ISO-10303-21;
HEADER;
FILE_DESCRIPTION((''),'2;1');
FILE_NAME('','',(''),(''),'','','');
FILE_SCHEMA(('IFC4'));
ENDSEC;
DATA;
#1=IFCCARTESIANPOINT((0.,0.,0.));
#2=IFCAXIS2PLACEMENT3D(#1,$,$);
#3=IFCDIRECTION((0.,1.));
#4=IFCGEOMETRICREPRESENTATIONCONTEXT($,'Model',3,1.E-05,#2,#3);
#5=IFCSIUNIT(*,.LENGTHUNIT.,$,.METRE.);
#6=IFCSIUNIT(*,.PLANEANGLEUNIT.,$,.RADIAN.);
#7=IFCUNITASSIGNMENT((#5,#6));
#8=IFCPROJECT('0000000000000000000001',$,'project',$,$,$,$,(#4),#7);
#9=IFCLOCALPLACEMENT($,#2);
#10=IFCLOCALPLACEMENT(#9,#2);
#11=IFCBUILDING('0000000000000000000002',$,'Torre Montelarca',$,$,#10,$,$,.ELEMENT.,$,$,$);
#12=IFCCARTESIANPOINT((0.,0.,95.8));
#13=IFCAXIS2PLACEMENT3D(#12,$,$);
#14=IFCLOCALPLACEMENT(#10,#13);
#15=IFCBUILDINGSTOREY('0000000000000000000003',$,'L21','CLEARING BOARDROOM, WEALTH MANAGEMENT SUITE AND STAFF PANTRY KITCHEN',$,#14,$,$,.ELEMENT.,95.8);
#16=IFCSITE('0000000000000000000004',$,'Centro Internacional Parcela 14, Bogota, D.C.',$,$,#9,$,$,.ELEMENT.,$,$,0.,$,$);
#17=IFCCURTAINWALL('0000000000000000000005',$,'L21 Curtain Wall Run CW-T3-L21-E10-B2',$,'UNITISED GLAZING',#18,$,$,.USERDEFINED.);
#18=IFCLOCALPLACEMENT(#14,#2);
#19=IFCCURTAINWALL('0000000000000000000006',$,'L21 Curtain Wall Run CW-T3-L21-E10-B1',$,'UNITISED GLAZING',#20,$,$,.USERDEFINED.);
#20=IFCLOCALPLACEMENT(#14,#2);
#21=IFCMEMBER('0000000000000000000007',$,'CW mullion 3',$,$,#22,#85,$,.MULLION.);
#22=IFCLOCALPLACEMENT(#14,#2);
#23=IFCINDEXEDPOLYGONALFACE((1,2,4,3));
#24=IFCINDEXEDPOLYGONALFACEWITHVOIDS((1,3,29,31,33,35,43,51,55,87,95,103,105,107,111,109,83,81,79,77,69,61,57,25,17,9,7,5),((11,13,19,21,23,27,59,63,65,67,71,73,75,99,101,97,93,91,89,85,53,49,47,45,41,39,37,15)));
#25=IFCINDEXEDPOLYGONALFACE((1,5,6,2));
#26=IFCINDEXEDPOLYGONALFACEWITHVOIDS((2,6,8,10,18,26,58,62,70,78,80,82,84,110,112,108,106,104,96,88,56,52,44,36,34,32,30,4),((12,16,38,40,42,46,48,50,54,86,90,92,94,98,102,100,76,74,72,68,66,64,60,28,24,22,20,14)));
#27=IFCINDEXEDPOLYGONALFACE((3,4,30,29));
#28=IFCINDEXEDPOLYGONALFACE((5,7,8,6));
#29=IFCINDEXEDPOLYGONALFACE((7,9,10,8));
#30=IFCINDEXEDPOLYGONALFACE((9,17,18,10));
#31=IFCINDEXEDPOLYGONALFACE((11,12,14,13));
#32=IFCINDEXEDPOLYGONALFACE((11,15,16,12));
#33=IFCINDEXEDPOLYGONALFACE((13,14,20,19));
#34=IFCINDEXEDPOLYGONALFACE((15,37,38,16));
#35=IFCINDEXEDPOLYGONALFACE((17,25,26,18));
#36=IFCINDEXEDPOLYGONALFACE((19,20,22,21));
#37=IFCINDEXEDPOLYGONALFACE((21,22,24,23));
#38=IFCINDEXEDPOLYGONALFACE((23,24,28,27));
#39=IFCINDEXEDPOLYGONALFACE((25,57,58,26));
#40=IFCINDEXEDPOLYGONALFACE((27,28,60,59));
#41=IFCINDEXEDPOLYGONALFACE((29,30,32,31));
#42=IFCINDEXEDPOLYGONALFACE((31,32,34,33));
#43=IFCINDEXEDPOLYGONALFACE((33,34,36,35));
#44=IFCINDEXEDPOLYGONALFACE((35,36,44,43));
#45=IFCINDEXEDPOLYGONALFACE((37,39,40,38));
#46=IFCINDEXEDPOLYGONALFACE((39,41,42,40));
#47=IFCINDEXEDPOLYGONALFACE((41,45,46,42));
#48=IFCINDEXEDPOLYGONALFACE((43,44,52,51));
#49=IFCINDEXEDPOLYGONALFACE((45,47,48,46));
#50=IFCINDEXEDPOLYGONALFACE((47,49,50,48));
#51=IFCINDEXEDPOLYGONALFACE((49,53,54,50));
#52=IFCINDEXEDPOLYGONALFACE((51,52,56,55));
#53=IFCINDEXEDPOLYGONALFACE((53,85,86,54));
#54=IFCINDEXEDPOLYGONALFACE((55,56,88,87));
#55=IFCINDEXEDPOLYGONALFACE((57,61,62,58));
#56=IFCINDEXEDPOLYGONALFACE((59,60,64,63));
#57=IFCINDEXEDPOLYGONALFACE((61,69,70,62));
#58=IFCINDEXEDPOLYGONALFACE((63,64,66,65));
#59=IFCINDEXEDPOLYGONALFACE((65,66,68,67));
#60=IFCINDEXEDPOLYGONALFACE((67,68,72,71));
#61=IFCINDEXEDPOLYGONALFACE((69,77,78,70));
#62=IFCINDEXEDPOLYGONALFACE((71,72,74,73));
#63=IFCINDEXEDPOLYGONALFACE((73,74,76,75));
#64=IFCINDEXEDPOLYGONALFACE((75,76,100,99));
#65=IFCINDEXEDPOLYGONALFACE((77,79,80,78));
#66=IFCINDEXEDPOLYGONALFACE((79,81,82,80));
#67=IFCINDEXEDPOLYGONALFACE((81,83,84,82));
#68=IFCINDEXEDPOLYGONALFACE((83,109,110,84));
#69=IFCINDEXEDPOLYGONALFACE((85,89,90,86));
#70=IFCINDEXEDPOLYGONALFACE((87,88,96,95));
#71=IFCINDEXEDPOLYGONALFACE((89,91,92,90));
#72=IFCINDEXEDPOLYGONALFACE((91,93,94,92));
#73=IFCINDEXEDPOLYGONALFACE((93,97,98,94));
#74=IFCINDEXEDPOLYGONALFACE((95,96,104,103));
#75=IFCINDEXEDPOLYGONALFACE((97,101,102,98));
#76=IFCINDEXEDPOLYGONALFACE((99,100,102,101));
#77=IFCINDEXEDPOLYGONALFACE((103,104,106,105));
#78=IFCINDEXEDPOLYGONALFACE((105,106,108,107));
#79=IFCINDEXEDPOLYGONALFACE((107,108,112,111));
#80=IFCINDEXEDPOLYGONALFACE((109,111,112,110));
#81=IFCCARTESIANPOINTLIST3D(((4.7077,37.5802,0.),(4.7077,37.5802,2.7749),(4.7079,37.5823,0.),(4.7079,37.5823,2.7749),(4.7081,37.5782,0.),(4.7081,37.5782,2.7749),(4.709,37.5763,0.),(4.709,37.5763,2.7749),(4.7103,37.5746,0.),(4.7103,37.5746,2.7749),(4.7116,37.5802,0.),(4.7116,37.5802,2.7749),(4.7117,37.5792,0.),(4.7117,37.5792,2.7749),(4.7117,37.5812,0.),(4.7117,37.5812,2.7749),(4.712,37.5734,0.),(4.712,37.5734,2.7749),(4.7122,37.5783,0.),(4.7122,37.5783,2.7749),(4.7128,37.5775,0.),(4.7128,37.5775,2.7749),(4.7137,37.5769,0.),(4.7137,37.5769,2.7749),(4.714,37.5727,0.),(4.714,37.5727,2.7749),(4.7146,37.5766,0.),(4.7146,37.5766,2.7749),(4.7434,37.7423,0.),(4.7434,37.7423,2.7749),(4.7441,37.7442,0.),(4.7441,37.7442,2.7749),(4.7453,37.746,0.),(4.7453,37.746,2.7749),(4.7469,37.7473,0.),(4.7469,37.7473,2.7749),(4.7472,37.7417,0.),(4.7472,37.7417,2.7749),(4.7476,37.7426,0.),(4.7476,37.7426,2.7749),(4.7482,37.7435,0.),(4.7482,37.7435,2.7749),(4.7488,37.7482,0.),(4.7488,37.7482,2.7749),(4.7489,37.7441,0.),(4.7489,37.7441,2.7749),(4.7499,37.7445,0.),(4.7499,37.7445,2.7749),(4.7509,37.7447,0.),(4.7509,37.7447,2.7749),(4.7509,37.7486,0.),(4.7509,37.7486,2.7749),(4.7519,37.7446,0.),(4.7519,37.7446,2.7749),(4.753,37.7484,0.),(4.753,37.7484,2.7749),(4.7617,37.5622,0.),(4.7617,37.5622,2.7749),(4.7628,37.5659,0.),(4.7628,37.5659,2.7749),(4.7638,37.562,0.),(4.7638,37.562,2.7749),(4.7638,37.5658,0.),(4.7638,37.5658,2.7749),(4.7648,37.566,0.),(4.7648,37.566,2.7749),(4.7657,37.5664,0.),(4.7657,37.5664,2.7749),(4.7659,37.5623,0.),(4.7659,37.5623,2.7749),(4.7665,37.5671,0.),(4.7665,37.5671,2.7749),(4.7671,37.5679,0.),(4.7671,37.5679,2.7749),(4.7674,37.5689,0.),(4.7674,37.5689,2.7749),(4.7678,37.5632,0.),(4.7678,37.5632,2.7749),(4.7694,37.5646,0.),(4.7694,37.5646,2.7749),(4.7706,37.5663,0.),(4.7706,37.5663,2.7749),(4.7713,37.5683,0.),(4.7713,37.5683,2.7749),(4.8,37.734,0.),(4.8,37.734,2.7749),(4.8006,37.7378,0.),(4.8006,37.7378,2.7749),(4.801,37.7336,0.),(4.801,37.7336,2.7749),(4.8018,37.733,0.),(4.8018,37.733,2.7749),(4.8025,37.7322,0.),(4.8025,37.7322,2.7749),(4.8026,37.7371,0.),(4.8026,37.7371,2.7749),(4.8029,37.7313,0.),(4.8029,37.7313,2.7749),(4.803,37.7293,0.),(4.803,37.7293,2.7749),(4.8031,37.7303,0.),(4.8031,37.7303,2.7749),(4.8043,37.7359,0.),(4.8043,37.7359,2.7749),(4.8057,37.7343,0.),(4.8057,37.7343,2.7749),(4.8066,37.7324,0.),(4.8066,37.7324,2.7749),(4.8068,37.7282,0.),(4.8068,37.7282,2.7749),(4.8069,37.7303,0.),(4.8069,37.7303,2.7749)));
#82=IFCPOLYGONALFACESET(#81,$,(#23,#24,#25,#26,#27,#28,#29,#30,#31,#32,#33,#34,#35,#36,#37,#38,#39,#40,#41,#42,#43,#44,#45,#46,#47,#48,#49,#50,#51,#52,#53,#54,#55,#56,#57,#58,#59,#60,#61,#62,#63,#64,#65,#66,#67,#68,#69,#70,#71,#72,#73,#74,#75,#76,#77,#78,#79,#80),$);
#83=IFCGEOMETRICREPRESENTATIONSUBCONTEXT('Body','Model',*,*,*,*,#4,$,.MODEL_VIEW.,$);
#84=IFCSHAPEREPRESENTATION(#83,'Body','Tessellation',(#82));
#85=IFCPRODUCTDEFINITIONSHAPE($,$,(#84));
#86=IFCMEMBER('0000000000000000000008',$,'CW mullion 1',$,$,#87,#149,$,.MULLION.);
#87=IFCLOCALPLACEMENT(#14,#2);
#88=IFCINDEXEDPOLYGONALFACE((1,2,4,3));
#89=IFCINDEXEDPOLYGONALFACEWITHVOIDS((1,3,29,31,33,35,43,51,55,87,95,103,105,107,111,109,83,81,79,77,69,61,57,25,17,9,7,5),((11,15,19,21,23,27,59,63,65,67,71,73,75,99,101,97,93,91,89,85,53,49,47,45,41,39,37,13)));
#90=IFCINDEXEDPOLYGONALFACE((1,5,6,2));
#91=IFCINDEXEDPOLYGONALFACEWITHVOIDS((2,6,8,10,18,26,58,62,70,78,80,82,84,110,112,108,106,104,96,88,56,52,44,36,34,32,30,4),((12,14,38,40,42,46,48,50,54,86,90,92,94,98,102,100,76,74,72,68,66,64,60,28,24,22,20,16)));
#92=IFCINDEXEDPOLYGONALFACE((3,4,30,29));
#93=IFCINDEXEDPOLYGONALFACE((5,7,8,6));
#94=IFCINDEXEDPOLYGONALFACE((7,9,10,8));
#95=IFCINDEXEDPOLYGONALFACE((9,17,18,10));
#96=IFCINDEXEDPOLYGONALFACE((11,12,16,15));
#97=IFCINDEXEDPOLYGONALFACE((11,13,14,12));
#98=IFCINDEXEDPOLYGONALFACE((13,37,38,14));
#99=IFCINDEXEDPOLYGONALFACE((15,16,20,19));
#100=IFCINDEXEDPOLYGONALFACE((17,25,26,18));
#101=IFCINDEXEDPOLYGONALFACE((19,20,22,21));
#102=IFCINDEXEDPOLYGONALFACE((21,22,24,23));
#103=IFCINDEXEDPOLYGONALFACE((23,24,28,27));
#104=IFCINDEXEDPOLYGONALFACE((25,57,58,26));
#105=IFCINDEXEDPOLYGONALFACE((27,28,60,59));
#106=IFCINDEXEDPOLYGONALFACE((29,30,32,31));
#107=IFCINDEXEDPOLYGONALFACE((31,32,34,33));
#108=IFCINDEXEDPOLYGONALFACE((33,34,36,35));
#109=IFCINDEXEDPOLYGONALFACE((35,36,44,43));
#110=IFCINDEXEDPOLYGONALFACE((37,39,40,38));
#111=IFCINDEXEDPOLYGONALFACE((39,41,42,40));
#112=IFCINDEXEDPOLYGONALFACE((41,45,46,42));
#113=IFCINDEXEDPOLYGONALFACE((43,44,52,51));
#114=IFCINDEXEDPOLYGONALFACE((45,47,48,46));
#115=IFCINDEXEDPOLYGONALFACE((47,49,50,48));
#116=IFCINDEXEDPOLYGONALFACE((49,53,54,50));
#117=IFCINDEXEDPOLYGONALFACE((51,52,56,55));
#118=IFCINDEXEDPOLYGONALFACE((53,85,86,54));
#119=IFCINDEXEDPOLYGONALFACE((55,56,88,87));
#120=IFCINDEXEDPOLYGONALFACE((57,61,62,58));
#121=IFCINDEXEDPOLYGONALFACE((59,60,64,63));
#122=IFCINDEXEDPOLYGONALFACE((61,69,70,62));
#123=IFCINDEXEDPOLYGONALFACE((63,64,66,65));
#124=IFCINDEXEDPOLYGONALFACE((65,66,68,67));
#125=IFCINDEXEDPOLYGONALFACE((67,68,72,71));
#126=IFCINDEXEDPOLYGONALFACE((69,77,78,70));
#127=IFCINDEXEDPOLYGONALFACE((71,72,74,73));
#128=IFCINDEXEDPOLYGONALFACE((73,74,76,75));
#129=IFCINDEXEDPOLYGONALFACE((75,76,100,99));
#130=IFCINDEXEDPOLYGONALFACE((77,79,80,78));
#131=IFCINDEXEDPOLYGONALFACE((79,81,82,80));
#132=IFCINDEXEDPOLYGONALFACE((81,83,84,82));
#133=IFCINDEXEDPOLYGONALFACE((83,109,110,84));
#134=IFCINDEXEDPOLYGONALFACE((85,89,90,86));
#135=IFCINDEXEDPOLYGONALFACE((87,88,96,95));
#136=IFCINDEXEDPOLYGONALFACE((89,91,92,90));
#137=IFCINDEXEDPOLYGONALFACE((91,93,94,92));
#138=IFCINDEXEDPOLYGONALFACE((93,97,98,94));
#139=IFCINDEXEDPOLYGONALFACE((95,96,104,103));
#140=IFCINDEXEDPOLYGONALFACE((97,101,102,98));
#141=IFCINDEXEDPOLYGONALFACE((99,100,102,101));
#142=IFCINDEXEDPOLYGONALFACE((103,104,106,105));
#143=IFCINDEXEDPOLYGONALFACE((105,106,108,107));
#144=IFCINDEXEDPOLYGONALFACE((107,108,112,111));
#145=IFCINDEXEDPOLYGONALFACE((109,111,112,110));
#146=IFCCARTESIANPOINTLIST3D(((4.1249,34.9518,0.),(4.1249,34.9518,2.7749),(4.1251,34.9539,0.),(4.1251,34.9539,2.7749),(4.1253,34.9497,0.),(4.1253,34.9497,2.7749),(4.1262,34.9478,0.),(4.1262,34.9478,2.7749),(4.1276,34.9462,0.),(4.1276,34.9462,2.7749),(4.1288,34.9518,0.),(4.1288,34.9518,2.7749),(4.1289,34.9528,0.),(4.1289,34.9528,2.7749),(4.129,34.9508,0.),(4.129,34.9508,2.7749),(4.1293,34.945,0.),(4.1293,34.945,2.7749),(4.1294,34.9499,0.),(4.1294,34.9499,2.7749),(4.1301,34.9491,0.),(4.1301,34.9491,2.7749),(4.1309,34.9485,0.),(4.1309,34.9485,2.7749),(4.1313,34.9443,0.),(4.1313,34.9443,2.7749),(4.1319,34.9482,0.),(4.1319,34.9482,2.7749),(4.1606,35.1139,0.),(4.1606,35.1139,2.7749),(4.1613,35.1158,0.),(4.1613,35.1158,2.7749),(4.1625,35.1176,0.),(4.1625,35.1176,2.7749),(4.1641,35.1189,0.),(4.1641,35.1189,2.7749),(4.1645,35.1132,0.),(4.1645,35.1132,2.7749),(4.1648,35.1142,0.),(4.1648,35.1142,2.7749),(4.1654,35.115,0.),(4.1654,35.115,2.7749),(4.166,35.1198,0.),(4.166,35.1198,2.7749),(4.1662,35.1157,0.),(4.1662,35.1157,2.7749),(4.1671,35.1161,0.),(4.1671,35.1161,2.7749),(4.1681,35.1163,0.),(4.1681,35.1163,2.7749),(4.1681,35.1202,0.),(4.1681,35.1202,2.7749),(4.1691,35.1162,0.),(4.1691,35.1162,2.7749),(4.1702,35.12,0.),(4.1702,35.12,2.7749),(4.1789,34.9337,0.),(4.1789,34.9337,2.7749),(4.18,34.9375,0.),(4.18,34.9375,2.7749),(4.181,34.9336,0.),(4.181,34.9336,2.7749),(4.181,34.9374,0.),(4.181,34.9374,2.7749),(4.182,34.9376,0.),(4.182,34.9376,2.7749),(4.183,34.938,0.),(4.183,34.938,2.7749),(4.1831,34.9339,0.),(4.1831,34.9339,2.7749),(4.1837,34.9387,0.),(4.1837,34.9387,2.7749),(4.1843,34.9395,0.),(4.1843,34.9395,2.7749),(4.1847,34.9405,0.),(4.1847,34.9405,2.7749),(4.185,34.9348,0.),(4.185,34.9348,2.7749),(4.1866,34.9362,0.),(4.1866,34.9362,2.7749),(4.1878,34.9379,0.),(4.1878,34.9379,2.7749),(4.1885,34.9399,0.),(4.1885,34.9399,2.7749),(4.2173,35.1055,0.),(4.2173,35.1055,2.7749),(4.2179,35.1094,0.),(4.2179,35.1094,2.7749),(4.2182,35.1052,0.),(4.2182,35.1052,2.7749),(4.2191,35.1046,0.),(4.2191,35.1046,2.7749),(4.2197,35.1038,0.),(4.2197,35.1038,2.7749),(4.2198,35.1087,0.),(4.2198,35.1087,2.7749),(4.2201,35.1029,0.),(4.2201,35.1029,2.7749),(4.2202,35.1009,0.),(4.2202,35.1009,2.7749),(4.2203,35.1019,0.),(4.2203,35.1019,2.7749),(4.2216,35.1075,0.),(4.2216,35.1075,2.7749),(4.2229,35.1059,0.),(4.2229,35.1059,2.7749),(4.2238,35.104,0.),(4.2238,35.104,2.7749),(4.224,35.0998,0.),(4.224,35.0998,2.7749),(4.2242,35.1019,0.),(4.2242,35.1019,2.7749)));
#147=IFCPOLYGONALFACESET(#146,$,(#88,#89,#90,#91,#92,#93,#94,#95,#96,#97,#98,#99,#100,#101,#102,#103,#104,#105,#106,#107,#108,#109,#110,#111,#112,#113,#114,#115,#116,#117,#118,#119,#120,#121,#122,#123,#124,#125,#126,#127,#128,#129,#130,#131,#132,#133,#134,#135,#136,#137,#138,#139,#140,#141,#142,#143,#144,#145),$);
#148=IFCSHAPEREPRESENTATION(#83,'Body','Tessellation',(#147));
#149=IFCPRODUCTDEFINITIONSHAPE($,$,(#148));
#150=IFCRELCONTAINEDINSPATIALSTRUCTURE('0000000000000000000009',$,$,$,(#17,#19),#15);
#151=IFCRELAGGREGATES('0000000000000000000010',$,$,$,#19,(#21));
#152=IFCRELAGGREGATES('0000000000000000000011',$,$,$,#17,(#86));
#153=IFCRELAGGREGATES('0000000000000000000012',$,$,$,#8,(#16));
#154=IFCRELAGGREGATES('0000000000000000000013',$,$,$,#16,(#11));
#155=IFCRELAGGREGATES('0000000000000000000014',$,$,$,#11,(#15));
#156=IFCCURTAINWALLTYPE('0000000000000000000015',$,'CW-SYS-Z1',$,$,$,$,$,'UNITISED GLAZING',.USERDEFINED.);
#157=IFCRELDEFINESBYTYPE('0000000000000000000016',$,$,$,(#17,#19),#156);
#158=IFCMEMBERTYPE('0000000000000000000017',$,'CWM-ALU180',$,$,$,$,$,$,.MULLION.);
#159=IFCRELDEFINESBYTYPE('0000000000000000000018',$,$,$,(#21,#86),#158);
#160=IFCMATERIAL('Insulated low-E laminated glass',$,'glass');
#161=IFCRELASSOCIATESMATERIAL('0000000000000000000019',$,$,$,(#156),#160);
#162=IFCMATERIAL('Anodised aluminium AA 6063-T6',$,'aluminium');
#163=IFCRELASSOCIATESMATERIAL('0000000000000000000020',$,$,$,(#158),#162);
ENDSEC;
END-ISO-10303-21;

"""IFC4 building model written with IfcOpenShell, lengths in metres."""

from ifc_helpers import new_model, si_unit, direction, frame, origin, origin_2d, place, context, subcontext, project, spatial, hollow_rectangle, extrude, source, transform, mapped, material, material_profile, profile_set, type_object, element, aggregate, save


model = new_model("IFC4")

# Units and contexts
model_context = context("Model", 3, precision=1e-05, world=origin(), true_north=direction((0.0, 1.0)))
body_context = subcontext(model_context, "Body", "Model", "MODEL_VIEW")
ifc_project = project(units=[si_unit("LENGTHUNIT", "METRE"), si_unit("PLANEANGLEUNIT", "RADIAN")], contexts=[model_context])

# Site, building, storey
site_placement = place(None, origin())
site = spatial("IfcSite", under=ifc_project, at=site_placement, Name="Centro Internacional Parcela 14, Bogota, D.C.", CompositionType="ELEMENT", RefElevation=0.0)
building_placement = place(site_placement, origin())
building = spatial("IfcBuilding", under=site, at=building_placement, Name="Torre Montelarca", CompositionType="ELEMENT")
storey_placement = place(building_placement, frame((0.0, 0.0, 95.8)))
storey = spatial("IfcBuildingStorey", under=building, at=storey_placement, Name="L21", Description="CLEARING BOARDROOM, WEALTH MANAGEMENT SUITE AND STAFF PANTRY KITCHEN", CompositionType="ELEMENT", Elevation=95.8)

# Curtain wall
ifc_material_1 = material(Name="Insulated low-E laminated glass", Category="glass")
curtain_wall_type = type_object("IfcCurtainWallType", Name="CW-SYS-Z1", ElementType="UNITISED GLAZING", PredefinedType="USERDEFINED", material=ifc_material_1)
curtain_wall_1_placement = place(storey_placement, origin())
curtain_wall_1 = element("IfcCurtainWall", 1, at=curtain_wall_1_placement, inside=storey, type_object=curtain_wall_type, Name="L21 Curtain Wall Run CW-T3-L21-E10-B2", ObjectType="UNITISED GLAZING", PredefinedType="USERDEFINED")
ifc_material_2 = material(Name="Anodised aluminium AA 6063-T6", Category="aluminium")

# Curtain wall, member
curtain_wall_2_placement = place(storey_placement, origin())
curtain_wall_2 = element("IfcCurtainWall", 2, at=curtain_wall_2_placement, inside=storey, type_object=curtain_wall_type, Name="L21 Curtain Wall Run CW-T3-L21-E10-B1", ObjectType="UNITISED GLAZING", PredefinedType="USERDEFINED")
ifc_material_profile_1 = material_profile(ifc_material_2, hollow_rectangle(XDim=0.0649, YDim=0.1799, WallThickness=0.0039, InnerFilletRadius=0.0039, OuterFilletRadius=0.0081, at=origin_2d()), Name="ALU65X180X4", Category="aluminium")
ifc_profile_set_1 = profile_set([ifc_material_profile_1], Name="Anodised aluminium AA 6063-T6")
member_type_1 = type_object("IfcMemberType", Name="CWM-ALU180", PredefinedType="MULLION", material=ifc_profile_set_1)
shared_shape_1 = source(origin(), body_context, "Body", "SweptSolid", [
    extrude(hollow_rectangle(XDim=0.0649, YDim=0.1799, WallThickness=0.0039, InnerFilletRadius=0.0039, OuterFilletRadius=0.0081, at=origin_2d()), origin(), (0.0, 0.0, 1.0), 2.7749),
])
member_1_placement = place(storey_placement, frame((4.7573, 37.6553, 0.0), z_axis=(0.0, 0.0, 1.0), x_axis=(0.976297, -0.216434, 0.0)))
member_1 = element("IfcMember", 3, at=member_1_placement, type_object=member_type_1, Name="CW mullion 3", PredefinedType="MULLION", context=body_context, shape_type="MappedRepresentation", body=[
    mapped(shared_shape_1, transform((0.0, 0.0, 0.0), scale=1.0)),
])

# Member
member_2_placement = place(storey_placement, frame((4.1746, 35.0269, 0.0), z_axis=(0.0, 0.0, 1.0), x_axis=(0.976295, -0.216446, 0.0)))
member_2 = element("IfcMember", 4, at=member_2_placement, type_object=member_type_1, Name="CW mullion 1", PredefinedType="MULLION", context=body_context, shape_type="MappedRepresentation", body=[
    mapped(shared_shape_1, transform((0.0, 0.0, 0.0), scale=1.0)),
])

aggregate(curtain_wall_2, [member_1])
aggregate(curtain_wall_1, [member_2])

save(model, "model.ifc")
